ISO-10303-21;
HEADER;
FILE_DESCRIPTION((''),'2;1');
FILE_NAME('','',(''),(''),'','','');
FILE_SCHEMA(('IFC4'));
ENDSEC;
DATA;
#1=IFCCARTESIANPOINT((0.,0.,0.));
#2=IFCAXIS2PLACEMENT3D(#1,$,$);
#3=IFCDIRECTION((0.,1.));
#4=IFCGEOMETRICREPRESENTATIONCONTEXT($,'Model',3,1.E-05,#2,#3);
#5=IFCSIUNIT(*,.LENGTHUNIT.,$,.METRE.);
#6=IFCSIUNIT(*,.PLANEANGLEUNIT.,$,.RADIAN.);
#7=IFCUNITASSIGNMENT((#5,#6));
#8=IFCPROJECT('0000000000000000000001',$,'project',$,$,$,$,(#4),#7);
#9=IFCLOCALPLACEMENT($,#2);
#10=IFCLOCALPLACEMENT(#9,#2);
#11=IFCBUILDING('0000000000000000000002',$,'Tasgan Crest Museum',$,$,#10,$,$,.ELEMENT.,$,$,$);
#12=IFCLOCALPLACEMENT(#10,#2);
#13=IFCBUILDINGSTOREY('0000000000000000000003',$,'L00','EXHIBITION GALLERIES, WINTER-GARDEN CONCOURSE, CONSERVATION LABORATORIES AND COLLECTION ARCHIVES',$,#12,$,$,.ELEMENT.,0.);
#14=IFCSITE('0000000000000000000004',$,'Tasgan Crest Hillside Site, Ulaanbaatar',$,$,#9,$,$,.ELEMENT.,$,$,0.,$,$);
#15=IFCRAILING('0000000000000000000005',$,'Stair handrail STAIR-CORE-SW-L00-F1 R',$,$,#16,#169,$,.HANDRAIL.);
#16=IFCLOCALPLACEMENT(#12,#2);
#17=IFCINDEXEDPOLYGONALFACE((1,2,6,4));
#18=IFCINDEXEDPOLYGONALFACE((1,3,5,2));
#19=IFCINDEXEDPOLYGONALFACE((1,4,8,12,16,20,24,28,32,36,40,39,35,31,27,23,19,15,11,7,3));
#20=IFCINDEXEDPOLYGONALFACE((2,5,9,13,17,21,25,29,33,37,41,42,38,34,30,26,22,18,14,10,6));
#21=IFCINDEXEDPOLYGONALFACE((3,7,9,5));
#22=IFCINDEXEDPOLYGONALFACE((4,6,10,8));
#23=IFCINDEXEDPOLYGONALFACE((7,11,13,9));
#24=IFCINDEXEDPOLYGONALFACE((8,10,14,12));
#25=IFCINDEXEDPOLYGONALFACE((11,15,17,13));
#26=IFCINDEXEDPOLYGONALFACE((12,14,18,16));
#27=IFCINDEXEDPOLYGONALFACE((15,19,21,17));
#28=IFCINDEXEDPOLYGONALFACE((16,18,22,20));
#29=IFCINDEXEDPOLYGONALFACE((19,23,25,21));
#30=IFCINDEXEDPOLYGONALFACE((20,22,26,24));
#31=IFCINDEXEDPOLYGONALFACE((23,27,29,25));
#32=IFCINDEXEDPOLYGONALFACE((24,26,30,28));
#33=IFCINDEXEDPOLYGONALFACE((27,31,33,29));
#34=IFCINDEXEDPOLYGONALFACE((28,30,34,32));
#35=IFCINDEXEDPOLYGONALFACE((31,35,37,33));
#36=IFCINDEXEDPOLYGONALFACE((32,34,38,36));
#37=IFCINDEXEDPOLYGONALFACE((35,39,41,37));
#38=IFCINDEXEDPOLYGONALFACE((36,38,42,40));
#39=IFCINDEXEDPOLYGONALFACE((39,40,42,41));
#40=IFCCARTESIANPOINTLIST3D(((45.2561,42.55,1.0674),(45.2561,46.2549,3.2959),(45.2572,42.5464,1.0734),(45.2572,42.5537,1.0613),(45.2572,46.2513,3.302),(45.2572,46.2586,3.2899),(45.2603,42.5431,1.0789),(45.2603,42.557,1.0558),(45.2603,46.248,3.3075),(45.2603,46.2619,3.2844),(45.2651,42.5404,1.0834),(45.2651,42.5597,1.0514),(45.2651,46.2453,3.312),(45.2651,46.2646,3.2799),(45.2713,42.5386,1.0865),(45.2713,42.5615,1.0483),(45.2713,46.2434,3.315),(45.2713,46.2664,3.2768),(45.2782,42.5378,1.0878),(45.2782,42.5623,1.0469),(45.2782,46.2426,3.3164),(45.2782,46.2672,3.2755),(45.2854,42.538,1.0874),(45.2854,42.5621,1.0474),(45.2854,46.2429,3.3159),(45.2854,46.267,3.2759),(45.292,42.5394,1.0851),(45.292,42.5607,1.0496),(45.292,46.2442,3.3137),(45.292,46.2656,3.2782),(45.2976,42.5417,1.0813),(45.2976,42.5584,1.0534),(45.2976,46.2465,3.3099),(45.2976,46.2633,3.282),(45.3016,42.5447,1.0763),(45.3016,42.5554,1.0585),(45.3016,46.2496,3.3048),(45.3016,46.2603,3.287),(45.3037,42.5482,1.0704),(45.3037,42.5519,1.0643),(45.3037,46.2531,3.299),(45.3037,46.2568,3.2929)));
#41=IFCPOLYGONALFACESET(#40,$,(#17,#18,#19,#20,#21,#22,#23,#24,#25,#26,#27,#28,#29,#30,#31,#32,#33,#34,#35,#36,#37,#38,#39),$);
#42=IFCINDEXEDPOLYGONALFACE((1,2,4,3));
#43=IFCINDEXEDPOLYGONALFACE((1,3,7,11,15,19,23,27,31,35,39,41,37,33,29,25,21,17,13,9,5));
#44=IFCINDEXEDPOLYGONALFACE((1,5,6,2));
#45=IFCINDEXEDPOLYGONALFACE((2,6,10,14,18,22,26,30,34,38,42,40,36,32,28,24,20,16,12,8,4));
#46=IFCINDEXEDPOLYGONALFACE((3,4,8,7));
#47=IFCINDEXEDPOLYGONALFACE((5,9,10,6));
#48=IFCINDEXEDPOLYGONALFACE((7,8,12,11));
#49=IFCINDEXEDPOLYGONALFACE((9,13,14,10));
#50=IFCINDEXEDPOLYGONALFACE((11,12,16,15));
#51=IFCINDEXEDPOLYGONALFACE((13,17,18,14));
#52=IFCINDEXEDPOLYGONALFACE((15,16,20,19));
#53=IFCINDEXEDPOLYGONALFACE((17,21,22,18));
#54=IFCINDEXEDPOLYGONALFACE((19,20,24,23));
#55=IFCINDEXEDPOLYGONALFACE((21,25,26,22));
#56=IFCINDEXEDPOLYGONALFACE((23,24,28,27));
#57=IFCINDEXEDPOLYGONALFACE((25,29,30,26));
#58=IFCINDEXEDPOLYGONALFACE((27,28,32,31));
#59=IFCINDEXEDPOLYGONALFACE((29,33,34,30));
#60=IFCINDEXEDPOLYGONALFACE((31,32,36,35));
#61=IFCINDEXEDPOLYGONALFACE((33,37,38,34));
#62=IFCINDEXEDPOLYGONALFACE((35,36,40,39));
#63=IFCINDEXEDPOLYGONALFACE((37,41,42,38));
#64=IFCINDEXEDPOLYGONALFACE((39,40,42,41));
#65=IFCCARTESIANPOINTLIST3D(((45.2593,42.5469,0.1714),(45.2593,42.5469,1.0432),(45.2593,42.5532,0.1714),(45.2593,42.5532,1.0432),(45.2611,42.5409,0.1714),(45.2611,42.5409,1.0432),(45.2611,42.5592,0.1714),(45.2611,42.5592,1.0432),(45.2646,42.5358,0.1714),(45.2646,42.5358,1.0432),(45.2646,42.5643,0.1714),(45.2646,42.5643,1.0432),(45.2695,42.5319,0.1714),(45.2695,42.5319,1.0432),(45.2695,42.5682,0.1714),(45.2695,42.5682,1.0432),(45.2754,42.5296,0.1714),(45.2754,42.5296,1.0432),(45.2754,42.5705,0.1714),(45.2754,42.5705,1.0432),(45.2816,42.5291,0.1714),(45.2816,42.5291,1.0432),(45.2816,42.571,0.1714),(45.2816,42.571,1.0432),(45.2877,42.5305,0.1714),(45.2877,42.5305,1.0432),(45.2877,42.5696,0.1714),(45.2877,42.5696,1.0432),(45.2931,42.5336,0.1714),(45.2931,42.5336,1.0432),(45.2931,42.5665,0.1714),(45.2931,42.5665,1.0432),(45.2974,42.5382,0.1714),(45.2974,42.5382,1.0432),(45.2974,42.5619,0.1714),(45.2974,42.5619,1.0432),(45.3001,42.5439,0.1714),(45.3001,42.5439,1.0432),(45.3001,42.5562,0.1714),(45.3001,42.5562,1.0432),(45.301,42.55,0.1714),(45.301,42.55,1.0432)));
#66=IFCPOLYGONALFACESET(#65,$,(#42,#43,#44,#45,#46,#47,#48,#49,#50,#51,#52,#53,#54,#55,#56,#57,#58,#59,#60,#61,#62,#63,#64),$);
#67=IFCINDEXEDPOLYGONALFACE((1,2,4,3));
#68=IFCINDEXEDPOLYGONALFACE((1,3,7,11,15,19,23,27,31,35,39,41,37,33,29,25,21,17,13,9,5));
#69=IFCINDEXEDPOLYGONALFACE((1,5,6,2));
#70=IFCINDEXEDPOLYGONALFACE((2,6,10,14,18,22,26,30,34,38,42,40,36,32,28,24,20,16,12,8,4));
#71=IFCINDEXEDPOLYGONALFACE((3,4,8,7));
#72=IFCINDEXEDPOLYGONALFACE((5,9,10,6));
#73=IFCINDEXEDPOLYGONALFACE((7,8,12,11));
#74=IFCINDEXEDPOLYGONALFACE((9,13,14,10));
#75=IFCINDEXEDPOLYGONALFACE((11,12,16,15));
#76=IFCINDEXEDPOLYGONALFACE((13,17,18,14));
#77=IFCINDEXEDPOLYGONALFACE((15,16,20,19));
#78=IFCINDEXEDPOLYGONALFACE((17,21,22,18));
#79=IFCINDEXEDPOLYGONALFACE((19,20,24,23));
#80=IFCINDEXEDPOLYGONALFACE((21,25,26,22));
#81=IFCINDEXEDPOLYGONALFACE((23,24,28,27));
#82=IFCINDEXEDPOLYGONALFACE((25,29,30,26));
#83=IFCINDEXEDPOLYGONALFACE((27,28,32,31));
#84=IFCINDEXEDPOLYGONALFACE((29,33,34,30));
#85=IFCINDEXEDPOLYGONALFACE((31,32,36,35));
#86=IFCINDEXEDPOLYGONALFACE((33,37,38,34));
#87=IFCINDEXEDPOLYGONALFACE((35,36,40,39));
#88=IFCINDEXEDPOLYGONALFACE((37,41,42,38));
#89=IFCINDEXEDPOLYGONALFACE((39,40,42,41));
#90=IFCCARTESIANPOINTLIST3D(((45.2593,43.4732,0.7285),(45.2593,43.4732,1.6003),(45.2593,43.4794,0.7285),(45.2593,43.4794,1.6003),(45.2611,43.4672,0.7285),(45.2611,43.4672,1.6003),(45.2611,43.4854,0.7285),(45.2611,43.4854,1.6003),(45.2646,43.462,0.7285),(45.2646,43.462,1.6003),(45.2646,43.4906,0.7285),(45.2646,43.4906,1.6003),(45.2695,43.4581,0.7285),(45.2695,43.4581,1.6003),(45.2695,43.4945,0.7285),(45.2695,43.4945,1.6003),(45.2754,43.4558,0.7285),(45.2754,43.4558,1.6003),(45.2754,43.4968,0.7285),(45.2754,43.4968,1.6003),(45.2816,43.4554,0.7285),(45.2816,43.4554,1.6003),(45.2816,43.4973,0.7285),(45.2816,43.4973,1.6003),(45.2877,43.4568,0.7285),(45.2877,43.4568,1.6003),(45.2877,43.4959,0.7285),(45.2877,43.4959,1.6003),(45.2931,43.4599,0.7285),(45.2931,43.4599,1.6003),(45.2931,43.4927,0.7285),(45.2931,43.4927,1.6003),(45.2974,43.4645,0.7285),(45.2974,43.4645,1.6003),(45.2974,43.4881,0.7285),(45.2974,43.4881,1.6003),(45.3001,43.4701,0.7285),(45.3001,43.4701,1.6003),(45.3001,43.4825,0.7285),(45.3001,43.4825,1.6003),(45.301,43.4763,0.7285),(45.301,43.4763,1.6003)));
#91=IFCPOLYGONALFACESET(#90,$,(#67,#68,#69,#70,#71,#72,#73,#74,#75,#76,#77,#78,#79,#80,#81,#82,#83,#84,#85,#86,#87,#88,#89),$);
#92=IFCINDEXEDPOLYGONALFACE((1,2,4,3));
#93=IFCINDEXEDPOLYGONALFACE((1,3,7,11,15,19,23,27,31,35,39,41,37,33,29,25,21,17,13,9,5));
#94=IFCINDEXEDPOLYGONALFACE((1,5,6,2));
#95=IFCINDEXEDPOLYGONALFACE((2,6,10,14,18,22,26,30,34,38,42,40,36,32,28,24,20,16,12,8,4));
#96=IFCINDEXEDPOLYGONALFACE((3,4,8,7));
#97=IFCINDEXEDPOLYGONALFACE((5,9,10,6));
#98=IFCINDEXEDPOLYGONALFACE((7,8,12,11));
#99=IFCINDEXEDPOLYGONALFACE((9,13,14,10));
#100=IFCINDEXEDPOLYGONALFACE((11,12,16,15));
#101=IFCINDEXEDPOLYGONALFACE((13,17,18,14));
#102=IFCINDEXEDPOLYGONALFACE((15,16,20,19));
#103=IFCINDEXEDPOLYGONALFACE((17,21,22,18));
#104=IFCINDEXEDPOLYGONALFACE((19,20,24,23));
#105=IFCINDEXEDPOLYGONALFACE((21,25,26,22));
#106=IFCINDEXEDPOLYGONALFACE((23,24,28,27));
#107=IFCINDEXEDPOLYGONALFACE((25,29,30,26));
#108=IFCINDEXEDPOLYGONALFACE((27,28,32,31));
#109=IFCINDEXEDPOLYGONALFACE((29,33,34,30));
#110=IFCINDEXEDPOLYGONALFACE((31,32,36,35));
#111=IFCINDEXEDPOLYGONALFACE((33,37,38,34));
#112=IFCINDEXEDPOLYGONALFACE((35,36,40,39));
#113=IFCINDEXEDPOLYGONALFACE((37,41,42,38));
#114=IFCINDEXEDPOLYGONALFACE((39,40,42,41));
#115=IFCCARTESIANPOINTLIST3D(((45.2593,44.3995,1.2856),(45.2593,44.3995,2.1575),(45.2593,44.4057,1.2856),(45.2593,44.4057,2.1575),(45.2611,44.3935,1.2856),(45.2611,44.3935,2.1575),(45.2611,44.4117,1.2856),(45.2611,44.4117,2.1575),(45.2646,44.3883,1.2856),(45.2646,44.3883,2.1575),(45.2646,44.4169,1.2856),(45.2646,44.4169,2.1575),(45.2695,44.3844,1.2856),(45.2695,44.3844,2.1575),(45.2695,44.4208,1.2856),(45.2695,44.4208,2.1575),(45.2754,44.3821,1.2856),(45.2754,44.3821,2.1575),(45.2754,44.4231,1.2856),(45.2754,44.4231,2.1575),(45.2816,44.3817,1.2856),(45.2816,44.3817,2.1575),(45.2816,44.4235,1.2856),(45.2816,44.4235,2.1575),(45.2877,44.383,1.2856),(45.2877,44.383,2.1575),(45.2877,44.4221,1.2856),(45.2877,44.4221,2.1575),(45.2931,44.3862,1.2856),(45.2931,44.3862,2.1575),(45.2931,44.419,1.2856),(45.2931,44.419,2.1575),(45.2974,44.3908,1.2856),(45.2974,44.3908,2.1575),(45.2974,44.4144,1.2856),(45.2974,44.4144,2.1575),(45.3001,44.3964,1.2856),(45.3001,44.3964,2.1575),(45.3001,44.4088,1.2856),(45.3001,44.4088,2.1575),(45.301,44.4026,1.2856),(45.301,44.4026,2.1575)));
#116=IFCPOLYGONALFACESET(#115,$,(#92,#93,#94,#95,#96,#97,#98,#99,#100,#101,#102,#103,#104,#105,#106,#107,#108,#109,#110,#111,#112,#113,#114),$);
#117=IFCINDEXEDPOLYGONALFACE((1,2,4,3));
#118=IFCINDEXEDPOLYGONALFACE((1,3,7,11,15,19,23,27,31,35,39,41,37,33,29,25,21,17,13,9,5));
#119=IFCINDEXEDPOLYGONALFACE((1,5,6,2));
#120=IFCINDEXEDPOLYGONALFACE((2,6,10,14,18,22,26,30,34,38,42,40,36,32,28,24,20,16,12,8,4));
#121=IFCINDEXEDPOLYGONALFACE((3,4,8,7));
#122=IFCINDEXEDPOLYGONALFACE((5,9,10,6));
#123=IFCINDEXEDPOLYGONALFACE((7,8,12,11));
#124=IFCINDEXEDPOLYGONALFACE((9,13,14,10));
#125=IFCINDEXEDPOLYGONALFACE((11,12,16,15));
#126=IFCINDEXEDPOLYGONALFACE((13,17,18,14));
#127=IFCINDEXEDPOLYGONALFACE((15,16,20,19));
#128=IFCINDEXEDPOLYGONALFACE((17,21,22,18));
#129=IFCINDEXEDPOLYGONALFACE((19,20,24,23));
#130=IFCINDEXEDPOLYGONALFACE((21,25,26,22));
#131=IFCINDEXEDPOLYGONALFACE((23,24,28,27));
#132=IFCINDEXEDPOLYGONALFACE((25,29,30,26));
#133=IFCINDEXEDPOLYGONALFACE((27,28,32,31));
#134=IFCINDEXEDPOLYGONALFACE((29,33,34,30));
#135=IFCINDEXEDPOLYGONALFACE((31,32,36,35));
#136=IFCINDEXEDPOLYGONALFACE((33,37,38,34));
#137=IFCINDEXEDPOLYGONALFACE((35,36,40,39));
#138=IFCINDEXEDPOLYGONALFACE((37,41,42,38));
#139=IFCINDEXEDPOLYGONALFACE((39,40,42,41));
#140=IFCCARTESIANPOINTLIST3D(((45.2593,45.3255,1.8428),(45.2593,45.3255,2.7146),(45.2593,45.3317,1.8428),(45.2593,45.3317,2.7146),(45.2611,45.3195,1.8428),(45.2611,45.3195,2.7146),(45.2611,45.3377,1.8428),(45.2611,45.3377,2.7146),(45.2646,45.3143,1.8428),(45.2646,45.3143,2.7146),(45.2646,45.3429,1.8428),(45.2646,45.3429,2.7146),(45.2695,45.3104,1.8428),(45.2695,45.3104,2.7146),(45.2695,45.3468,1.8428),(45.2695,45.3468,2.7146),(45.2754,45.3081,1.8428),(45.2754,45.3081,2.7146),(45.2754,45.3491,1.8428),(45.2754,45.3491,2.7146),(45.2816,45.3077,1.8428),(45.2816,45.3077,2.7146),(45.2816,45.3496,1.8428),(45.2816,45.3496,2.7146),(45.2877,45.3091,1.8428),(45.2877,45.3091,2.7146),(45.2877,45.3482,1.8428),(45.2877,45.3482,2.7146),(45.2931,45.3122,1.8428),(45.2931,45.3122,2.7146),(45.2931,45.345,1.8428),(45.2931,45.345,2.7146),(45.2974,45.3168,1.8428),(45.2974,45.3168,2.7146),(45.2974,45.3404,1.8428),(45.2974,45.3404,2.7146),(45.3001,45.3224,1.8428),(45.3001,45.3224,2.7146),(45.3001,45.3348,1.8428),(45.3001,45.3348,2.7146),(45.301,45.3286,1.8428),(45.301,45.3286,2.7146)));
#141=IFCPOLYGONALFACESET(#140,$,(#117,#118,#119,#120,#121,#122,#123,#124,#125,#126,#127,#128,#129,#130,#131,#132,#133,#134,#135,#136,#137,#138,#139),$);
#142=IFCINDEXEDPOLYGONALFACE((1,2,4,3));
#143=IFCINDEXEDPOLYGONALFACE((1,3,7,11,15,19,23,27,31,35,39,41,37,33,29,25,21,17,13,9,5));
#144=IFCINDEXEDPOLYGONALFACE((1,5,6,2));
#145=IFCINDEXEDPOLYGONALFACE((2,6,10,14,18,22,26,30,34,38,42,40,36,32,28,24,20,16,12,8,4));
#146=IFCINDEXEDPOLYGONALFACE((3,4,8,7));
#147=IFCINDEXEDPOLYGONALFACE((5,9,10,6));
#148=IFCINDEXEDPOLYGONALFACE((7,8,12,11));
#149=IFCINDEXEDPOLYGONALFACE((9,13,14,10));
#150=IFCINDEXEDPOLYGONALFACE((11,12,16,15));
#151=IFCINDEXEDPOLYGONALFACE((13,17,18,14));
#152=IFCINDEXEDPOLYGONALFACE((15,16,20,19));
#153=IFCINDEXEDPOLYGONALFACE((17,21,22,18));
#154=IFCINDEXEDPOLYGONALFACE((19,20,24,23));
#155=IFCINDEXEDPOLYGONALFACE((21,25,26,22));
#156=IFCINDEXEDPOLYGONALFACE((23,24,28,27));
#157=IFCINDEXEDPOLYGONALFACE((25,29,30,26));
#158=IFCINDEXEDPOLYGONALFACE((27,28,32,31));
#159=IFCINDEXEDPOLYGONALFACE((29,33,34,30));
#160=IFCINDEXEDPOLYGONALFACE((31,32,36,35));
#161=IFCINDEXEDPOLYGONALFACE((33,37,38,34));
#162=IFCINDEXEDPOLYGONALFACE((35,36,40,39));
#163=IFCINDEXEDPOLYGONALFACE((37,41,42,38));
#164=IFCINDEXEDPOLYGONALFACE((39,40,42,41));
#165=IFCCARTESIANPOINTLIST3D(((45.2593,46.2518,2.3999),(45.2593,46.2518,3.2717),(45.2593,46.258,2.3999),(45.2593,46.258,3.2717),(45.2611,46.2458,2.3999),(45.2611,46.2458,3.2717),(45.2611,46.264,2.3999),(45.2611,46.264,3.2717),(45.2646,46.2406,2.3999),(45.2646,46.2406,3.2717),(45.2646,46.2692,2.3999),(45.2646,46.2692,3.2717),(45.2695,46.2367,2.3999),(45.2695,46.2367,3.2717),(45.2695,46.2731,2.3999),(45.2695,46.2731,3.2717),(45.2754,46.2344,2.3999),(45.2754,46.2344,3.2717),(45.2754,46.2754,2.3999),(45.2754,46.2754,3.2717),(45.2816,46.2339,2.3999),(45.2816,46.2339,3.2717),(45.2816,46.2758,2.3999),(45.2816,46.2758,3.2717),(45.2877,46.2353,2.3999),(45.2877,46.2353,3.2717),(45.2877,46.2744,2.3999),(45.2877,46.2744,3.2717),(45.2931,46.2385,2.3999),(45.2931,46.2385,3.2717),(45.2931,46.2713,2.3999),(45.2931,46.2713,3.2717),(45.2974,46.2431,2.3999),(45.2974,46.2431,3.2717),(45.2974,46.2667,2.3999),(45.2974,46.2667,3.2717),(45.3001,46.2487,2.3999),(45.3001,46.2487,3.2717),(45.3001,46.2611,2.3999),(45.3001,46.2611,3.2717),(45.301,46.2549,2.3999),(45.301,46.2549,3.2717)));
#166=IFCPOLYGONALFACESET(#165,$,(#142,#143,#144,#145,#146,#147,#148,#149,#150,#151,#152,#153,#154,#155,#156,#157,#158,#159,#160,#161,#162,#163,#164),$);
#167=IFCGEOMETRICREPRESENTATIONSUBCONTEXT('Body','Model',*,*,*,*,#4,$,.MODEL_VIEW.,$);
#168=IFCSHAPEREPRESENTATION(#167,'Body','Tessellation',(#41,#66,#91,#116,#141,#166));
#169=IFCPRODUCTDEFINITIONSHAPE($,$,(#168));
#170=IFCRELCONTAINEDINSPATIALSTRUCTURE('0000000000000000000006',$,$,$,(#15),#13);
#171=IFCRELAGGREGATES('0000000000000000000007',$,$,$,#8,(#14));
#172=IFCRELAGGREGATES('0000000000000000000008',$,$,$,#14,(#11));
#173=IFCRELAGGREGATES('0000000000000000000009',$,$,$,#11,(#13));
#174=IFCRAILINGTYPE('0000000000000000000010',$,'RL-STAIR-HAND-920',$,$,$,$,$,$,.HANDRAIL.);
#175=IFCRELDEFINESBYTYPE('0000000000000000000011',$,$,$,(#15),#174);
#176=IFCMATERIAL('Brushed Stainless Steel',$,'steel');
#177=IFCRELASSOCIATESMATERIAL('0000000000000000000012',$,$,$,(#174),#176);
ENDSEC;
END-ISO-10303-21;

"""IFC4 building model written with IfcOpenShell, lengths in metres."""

from ifc_helpers import new_model, si_unit, direction, frame, origin, origin_2d, place, context, subcontext, project, spatial, circle, extrude, material, type_object, element, save


model = new_model("IFC4")

# Units and contexts
model_context = context("Model", 3, precision=1e-05, world=origin(), true_north=direction((0.0, 1.0)))
body_context = subcontext(model_context, "Body", "Model", "MODEL_VIEW")
ifc_project = project(units=[si_unit("LENGTHUNIT", "METRE"), si_unit("PLANEANGLEUNIT", "RADIAN")], contexts=[model_context])

# Site, building, storey
site_placement = place(None, origin())
site = spatial("IfcSite", under=ifc_project, at=site_placement, Name="Tasgan Crest Hillside Site, Ulaanbaatar", CompositionType="ELEMENT", RefElevation=0.0)
building_placement = place(site_placement, origin())
building = spatial("IfcBuilding", under=site, at=building_placement, Name="Tasgan Crest Museum", CompositionType="ELEMENT")
storey_placement = place(building_placement, origin())
storey = spatial("IfcBuildingStorey", under=building, at=storey_placement, Name="L00", Description="EXHIBITION GALLERIES, WINTER-GARDEN CONCOURSE, CONSERVATION LABORATORIES AND COLLECTION ARCHIVES", CompositionType="ELEMENT", Elevation=0.0)

# Railing
ifc_material_1 = material(Name="Brushed Stainless Steel", Category="steel")
railing_type_1 = type_object("IfcRailingType", Name="RL-STAIR-HAND-920", PredefinedType="HANDRAIL", material=ifc_material_1)
for number, where, name in (
    (1, (45.28, 42.55, 0.1714), "Stair handrail STAIR-CORE-SW-L00-F1 R"),
):
    element("IfcRailing", number, at=place(storey_placement, frame(where)), inside=storey, type_object=railing_type_1, Name=name, PredefinedType="HANDRAIL", context=body_context, shape_type="SweptSolid", body=[
        extrude(circle(Radius=0.0239, at=origin_2d()), frame((0.0, 0.0, 0.896), z_axis=(0.0, 0.856919, 0.51545), x_axis=(-1.0, 0.0, 0.0)), (0.0, 0.0, 1.0), 4.3235),
        extrude(circle(Radius=0.021, at=origin_2d()), origin(), (0.0, 0.0, 1.0), 0.8718),
        extrude(circle(Radius=0.021, at=origin_2d()), frame((0.0, 0.9263, 0.5571)), (0.0, 0.0, 1.0), 0.8718),
        extrude(circle(Radius=0.021, at=origin_2d()), frame((0.0, 1.8525, 1.1143)), (0.0, 0.0, 1.0), 0.8718),
        extrude(circle(Radius=0.021, at=origin_2d()), frame((0.0, 2.7786, 1.6714)), (0.0, 0.0, 1.0), 0.8718),
        extrude(circle(Radius=0.021, at=origin_2d()), frame((0.0, 3.7048, 2.2285)), (0.0, 0.0, 1.0), 0.8718),
    ])

save(model, "model.ifc")
